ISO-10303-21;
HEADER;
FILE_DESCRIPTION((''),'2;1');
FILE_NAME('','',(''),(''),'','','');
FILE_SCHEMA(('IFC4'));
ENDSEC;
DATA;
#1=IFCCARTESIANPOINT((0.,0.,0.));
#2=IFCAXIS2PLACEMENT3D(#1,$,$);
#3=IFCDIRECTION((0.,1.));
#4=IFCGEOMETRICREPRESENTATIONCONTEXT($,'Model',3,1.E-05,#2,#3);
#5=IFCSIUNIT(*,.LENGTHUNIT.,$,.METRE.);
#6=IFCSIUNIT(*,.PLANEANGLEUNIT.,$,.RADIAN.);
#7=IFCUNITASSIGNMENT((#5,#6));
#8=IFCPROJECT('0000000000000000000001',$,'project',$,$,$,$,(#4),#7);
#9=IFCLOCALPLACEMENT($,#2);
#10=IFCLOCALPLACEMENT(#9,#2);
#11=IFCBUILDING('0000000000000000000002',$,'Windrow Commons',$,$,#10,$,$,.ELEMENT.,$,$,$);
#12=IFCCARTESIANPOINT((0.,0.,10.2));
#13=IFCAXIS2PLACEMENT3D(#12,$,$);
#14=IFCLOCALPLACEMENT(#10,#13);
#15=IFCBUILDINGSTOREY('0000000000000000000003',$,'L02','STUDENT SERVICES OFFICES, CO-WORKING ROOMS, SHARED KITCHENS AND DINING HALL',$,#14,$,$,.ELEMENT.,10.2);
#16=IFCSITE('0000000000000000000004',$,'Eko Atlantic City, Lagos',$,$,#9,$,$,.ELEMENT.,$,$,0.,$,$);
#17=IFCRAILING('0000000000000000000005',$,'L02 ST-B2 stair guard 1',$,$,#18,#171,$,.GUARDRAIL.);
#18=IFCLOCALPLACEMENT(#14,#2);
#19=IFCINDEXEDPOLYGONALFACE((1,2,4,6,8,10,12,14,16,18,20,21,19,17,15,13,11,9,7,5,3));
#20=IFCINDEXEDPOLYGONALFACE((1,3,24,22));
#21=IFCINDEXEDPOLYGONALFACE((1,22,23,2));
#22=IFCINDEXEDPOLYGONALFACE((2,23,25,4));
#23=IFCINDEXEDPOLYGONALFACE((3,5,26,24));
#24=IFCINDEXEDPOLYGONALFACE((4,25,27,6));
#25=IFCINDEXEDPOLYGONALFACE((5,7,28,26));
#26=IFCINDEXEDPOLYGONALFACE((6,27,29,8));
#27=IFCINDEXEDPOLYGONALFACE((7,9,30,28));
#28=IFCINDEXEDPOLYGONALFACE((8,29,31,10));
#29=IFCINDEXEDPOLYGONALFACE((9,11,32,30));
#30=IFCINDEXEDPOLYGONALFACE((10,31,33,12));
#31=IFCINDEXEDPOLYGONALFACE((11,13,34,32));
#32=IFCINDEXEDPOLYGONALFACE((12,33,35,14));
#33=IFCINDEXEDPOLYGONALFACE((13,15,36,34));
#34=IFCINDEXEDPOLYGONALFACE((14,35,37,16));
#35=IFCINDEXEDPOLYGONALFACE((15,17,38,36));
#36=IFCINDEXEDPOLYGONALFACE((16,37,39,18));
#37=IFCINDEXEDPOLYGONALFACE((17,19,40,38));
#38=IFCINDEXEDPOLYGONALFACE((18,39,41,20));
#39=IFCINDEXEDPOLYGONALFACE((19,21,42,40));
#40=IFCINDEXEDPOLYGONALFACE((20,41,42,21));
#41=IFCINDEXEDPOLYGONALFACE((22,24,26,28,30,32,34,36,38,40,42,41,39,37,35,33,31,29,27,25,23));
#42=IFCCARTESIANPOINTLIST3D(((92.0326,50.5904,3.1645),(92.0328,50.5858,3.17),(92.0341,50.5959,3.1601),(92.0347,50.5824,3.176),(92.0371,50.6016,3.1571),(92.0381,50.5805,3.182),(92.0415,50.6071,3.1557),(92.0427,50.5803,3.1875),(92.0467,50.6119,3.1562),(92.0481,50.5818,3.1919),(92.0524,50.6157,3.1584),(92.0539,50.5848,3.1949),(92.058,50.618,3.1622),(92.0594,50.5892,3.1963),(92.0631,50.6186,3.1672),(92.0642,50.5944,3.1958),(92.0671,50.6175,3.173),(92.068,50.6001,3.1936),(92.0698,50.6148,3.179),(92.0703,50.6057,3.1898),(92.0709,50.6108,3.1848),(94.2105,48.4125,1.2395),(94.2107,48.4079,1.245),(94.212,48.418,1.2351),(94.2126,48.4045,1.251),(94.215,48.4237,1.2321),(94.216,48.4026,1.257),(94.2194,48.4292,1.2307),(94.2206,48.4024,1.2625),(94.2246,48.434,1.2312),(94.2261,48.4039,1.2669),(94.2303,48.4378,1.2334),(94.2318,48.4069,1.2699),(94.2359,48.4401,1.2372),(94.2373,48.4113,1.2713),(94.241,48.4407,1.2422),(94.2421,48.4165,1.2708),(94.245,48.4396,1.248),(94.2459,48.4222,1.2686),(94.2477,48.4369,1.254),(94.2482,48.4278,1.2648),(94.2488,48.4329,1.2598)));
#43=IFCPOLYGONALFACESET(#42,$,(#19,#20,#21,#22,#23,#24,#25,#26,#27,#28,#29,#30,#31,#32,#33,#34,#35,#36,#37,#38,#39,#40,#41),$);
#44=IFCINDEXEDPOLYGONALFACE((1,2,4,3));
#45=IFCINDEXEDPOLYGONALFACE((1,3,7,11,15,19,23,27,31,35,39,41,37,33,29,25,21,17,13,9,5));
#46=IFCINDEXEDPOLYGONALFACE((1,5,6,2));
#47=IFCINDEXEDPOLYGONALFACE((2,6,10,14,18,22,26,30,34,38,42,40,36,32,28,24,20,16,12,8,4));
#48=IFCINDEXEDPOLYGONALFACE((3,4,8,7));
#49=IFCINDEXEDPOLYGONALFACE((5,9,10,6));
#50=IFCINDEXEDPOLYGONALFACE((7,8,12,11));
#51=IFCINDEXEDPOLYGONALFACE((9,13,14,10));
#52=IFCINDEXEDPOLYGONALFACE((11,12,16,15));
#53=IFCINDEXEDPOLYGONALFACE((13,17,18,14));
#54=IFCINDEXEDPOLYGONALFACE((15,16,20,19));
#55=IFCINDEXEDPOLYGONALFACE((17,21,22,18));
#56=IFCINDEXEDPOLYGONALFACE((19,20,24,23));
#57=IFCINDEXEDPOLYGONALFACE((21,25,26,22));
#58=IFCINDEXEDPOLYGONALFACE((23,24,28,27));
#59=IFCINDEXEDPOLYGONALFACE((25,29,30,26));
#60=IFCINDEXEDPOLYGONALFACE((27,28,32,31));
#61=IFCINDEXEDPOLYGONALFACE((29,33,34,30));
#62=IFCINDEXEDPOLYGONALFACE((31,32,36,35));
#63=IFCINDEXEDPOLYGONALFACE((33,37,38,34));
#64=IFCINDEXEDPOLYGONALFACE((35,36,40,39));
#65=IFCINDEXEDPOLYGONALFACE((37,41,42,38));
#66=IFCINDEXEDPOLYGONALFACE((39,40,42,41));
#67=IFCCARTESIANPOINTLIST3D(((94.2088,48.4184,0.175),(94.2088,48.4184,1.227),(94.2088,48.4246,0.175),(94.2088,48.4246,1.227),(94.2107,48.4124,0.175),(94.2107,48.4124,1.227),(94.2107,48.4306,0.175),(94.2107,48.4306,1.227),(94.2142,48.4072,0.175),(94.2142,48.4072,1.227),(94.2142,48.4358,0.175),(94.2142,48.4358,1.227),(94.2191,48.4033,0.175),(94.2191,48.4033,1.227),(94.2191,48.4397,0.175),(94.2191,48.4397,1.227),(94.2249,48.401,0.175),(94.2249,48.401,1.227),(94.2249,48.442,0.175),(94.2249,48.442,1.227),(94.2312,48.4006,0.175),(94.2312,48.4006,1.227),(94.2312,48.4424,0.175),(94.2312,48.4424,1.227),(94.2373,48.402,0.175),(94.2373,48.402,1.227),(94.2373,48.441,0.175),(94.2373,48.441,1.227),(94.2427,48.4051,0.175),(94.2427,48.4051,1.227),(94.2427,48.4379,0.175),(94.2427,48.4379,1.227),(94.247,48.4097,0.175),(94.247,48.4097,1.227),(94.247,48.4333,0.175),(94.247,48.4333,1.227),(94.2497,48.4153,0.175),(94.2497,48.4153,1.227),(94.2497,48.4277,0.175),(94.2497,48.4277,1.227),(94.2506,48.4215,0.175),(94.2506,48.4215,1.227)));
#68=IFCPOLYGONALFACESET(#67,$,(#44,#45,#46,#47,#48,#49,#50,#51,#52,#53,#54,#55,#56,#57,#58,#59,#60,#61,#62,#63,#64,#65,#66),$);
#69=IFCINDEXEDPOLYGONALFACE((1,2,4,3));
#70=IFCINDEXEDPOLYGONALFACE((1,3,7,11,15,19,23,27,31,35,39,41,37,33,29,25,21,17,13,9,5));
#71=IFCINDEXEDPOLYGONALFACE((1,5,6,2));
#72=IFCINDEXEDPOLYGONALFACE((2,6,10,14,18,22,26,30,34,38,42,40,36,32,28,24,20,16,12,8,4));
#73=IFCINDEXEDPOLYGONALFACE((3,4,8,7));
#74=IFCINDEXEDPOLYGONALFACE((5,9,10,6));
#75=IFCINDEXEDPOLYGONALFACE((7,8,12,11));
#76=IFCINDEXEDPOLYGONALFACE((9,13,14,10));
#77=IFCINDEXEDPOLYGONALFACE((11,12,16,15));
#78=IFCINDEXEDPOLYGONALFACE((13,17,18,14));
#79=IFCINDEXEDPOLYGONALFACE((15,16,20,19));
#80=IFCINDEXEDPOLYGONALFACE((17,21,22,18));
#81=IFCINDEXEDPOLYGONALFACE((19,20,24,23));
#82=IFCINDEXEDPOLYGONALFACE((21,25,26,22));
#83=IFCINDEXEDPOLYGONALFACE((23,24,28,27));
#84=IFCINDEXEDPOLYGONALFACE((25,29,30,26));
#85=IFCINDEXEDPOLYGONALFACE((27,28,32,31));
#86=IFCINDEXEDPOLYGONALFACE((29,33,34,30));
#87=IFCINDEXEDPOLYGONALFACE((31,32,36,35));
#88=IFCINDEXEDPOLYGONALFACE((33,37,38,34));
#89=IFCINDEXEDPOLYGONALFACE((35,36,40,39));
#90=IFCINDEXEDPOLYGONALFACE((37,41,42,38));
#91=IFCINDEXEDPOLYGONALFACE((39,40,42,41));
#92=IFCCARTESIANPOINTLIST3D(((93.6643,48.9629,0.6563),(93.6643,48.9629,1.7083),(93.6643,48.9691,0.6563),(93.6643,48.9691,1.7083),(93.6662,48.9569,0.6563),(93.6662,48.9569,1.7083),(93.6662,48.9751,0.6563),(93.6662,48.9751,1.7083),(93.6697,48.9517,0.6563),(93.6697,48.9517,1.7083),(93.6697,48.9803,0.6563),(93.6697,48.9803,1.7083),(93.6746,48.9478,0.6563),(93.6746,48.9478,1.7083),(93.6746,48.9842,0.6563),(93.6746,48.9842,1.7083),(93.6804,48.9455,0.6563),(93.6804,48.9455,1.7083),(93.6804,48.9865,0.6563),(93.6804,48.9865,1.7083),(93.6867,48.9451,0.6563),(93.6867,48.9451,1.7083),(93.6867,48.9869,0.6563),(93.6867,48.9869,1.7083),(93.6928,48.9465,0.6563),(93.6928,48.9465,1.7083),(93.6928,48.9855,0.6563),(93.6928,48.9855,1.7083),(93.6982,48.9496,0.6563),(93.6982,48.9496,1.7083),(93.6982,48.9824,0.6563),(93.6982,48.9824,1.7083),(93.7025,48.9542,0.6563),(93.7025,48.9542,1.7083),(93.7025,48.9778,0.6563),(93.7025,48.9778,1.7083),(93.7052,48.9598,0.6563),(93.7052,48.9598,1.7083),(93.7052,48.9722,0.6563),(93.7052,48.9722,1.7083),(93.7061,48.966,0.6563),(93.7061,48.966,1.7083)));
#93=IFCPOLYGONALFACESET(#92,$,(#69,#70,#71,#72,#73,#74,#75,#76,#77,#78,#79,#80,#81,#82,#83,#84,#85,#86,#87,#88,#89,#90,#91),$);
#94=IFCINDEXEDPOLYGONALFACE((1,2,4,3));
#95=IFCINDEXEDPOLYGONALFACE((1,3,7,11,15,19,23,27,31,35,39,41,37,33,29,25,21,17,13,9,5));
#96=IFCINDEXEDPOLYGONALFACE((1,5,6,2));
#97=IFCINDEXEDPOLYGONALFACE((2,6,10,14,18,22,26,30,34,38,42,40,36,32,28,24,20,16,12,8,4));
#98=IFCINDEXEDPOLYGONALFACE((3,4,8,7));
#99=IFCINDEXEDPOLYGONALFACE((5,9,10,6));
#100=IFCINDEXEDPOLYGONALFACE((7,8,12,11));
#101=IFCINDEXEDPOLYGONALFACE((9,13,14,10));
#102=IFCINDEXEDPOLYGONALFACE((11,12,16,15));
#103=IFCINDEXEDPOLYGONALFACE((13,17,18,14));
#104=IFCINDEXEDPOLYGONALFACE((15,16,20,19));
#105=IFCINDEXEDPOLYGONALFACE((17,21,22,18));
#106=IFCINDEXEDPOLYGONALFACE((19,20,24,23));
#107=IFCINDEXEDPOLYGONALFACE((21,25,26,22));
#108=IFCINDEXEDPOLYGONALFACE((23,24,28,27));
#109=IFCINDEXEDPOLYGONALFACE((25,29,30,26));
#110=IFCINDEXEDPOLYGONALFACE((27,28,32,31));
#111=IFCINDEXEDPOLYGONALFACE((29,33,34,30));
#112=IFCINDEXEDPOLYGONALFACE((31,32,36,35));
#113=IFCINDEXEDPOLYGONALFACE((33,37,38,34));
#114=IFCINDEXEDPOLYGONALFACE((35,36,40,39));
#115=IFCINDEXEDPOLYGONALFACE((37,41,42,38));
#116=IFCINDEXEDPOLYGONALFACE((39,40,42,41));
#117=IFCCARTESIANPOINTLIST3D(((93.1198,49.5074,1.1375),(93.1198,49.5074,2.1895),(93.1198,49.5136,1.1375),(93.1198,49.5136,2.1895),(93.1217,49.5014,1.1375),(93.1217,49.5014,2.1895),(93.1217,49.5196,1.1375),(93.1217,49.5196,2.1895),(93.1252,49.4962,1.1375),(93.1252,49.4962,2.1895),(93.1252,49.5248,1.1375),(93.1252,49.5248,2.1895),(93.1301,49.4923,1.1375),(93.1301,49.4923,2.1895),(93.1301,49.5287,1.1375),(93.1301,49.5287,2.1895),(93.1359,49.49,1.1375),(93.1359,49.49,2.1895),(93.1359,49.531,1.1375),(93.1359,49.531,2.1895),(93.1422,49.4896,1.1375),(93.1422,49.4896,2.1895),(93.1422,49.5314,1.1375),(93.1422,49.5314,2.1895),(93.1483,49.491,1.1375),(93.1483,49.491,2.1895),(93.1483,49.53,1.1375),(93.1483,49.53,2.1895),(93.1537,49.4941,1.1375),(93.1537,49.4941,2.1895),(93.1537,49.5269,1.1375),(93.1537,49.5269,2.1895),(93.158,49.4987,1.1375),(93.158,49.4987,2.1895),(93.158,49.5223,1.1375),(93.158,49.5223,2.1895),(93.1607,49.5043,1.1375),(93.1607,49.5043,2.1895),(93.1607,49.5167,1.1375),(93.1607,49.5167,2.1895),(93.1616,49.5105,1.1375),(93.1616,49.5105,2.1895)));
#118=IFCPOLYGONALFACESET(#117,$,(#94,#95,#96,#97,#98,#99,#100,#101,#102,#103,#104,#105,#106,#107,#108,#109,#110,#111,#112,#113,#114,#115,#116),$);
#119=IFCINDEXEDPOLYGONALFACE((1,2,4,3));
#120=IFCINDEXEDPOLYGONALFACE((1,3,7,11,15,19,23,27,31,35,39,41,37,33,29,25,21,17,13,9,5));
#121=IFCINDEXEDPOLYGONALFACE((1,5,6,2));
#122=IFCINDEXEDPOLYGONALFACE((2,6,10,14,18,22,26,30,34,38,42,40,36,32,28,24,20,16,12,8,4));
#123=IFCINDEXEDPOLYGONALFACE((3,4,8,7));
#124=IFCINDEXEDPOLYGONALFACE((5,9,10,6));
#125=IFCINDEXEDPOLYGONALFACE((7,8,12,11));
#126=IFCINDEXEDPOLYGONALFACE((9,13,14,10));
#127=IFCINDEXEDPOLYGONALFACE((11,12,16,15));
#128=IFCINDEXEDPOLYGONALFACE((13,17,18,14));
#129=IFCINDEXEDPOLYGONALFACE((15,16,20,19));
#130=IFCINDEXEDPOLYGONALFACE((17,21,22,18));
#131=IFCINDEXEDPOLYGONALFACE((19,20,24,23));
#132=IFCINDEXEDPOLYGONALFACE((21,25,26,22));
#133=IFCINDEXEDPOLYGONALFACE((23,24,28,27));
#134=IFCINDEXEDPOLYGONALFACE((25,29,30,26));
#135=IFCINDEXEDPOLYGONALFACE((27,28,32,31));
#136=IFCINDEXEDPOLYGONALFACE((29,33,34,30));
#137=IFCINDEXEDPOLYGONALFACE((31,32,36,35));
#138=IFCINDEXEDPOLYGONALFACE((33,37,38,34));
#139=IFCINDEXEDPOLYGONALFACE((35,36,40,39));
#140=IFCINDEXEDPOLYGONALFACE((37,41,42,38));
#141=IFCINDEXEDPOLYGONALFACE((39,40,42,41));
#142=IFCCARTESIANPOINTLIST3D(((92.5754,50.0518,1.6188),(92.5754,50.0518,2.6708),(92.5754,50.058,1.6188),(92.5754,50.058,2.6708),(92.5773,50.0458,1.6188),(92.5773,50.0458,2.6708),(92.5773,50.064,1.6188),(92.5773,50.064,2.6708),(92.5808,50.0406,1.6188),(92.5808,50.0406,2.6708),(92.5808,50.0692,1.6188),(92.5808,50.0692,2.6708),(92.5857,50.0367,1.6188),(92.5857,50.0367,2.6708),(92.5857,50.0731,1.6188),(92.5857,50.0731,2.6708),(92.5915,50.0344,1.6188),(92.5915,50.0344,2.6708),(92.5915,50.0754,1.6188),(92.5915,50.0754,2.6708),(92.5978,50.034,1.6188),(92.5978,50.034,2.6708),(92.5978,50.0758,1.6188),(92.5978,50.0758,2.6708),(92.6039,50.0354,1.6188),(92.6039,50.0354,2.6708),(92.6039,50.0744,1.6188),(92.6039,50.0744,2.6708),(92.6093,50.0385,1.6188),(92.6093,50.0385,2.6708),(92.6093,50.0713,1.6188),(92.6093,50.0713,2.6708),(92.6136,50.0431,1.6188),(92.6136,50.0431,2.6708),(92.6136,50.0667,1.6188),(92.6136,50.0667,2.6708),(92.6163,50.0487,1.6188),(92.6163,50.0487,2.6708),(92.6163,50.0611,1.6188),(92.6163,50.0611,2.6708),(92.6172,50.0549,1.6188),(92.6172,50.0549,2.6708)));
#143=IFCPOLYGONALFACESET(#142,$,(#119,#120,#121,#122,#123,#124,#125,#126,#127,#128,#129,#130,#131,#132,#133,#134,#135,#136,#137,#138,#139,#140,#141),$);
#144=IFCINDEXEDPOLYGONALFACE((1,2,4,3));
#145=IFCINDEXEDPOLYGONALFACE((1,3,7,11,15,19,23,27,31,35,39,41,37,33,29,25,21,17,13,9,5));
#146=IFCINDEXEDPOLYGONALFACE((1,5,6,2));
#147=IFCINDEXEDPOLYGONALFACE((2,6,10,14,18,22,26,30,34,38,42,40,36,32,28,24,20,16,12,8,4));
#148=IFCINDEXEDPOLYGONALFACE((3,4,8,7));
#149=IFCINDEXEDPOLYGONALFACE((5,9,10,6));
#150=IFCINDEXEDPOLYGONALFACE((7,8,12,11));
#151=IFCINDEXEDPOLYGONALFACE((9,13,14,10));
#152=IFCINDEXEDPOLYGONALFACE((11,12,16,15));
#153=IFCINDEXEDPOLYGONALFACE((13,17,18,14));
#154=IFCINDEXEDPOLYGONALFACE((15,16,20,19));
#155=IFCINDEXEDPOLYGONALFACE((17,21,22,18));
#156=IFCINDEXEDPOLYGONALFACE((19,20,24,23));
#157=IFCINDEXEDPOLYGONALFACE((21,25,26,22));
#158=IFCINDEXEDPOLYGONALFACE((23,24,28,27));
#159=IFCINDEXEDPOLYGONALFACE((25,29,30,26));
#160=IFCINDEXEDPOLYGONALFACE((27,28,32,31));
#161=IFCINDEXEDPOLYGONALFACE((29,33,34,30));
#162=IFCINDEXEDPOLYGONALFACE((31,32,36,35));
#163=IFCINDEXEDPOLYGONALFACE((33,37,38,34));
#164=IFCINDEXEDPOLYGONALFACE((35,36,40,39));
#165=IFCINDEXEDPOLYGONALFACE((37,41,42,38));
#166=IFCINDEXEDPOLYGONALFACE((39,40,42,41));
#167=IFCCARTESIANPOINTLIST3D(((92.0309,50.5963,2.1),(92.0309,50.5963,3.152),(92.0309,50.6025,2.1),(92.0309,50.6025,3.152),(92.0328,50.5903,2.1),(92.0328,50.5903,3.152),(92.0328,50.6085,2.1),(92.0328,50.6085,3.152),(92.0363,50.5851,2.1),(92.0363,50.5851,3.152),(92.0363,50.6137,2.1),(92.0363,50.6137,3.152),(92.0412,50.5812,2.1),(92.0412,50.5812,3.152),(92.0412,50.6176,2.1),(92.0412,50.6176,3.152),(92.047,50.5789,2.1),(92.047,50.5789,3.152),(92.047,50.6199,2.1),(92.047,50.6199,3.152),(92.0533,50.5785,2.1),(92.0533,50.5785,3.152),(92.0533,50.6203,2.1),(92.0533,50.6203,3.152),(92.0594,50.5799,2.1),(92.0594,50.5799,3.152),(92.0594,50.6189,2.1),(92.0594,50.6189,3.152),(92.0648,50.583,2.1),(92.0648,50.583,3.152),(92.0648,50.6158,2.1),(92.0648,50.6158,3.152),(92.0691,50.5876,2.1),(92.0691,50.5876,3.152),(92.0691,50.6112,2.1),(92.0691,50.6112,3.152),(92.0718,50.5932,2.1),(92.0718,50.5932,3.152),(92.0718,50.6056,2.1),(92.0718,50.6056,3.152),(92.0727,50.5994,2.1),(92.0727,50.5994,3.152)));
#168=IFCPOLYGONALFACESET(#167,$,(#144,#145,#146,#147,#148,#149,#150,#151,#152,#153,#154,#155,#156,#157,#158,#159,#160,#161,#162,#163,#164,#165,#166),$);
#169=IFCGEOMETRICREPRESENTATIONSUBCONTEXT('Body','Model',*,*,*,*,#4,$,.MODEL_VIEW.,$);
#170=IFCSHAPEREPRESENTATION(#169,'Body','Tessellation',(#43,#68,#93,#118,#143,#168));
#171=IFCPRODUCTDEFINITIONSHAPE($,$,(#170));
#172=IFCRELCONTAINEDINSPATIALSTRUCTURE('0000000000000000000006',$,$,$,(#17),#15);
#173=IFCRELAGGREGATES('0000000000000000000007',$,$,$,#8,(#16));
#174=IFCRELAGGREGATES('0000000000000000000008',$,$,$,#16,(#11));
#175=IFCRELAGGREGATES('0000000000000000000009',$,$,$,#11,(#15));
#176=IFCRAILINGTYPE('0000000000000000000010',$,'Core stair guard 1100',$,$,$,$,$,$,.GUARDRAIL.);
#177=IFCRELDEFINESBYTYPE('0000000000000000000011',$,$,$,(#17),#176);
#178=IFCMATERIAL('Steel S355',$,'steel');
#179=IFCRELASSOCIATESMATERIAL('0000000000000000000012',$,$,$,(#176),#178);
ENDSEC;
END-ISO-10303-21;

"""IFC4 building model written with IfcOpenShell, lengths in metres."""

from ifc_helpers import new_model, si_unit, direction, frame, origin, origin_2d, place, context, subcontext, project, spatial, circle, extrude, material, type_object, element, save


model = new_model("IFC4")

# Units and contexts
model_context = context("Model", 3, precision=1e-05, world=origin(), true_north=direction((0.0, 1.0)))
body_context = subcontext(model_context, "Body", "Model", "MODEL_VIEW")
ifc_project = project(units=[si_unit("LENGTHUNIT", "METRE"), si_unit("PLANEANGLEUNIT", "RADIAN")], contexts=[model_context])

# Site, building, storey
site_placement = place(None, origin())
site = spatial("IfcSite", under=ifc_project, at=site_placement, Name="Eko Atlantic City, Lagos", CompositionType="ELEMENT", RefElevation=0.0)
building_placement = place(site_placement, origin())
building = spatial("IfcBuilding", under=site, at=building_placement, Name="Windrow Commons", CompositionType="ELEMENT")
storey_placement = place(building_placement, frame((0.0, 0.0, 10.2)))
storey = spatial("IfcBuildingStorey", under=building, at=storey_placement, Name="L02", Description="STUDENT SERVICES OFFICES, CO-WORKING ROOMS, SHARED KITCHENS AND DINING HALL", CompositionType="ELEMENT", Elevation=10.2)

# Railing
ifc_material_1 = material(Name="Steel S355", Category="steel")
railing_type_1 = type_object("IfcRailingType", Name="Core stair guard 1100", PredefinedType="GUARDRAIL", material=ifc_material_1)
for number, where, name in (
    (1, (94.2296, 48.4215, 0.175), "L02 ST-B2 stair guard 1"),
):
    element("IfcRailing", number, at=place(storey_placement, frame(where)), inside=storey, type_object=railing_type_1, Name=name, PredefinedType="GUARDRAIL", context=body_context, shape_type="SweptSolid", body=[
        extrude(circle(Radius=0.024, at=origin_2d()), frame((0.0, 0.0, 1.076), z_axis=(-0.599626, 0.599626, 0.529997), x_axis=(-0.707107, -0.707107, 0.0)), (0.0, 0.0, 1.0), 3.6321),
        extrude(circle(Radius=0.021, at=origin_2d()), origin(), (0.0, 0.0, 1.0), 1.052),
        extrude(circle(Radius=0.021, at=origin_2d()), frame((-0.5445, 0.5445, 0.4813)), (0.0, 0.0, 1.0), 1.052),
        extrude(circle(Radius=0.021, at=origin_2d()), frame((-1.089, 1.089, 0.9625)), (0.0, 0.0, 1.0), 1.052),
        extrude(circle(Radius=0.021, at=origin_2d()), frame((-1.6334, 1.6334, 1.4438)), (0.0, 0.0, 1.0), 1.052),
        extrude(circle(Radius=0.021, at=origin_2d()), frame((-2.1779, 2.1779, 1.925)), (0.0, 0.0, 1.0), 1.052),
    ])

save(model, "model.ifc")
